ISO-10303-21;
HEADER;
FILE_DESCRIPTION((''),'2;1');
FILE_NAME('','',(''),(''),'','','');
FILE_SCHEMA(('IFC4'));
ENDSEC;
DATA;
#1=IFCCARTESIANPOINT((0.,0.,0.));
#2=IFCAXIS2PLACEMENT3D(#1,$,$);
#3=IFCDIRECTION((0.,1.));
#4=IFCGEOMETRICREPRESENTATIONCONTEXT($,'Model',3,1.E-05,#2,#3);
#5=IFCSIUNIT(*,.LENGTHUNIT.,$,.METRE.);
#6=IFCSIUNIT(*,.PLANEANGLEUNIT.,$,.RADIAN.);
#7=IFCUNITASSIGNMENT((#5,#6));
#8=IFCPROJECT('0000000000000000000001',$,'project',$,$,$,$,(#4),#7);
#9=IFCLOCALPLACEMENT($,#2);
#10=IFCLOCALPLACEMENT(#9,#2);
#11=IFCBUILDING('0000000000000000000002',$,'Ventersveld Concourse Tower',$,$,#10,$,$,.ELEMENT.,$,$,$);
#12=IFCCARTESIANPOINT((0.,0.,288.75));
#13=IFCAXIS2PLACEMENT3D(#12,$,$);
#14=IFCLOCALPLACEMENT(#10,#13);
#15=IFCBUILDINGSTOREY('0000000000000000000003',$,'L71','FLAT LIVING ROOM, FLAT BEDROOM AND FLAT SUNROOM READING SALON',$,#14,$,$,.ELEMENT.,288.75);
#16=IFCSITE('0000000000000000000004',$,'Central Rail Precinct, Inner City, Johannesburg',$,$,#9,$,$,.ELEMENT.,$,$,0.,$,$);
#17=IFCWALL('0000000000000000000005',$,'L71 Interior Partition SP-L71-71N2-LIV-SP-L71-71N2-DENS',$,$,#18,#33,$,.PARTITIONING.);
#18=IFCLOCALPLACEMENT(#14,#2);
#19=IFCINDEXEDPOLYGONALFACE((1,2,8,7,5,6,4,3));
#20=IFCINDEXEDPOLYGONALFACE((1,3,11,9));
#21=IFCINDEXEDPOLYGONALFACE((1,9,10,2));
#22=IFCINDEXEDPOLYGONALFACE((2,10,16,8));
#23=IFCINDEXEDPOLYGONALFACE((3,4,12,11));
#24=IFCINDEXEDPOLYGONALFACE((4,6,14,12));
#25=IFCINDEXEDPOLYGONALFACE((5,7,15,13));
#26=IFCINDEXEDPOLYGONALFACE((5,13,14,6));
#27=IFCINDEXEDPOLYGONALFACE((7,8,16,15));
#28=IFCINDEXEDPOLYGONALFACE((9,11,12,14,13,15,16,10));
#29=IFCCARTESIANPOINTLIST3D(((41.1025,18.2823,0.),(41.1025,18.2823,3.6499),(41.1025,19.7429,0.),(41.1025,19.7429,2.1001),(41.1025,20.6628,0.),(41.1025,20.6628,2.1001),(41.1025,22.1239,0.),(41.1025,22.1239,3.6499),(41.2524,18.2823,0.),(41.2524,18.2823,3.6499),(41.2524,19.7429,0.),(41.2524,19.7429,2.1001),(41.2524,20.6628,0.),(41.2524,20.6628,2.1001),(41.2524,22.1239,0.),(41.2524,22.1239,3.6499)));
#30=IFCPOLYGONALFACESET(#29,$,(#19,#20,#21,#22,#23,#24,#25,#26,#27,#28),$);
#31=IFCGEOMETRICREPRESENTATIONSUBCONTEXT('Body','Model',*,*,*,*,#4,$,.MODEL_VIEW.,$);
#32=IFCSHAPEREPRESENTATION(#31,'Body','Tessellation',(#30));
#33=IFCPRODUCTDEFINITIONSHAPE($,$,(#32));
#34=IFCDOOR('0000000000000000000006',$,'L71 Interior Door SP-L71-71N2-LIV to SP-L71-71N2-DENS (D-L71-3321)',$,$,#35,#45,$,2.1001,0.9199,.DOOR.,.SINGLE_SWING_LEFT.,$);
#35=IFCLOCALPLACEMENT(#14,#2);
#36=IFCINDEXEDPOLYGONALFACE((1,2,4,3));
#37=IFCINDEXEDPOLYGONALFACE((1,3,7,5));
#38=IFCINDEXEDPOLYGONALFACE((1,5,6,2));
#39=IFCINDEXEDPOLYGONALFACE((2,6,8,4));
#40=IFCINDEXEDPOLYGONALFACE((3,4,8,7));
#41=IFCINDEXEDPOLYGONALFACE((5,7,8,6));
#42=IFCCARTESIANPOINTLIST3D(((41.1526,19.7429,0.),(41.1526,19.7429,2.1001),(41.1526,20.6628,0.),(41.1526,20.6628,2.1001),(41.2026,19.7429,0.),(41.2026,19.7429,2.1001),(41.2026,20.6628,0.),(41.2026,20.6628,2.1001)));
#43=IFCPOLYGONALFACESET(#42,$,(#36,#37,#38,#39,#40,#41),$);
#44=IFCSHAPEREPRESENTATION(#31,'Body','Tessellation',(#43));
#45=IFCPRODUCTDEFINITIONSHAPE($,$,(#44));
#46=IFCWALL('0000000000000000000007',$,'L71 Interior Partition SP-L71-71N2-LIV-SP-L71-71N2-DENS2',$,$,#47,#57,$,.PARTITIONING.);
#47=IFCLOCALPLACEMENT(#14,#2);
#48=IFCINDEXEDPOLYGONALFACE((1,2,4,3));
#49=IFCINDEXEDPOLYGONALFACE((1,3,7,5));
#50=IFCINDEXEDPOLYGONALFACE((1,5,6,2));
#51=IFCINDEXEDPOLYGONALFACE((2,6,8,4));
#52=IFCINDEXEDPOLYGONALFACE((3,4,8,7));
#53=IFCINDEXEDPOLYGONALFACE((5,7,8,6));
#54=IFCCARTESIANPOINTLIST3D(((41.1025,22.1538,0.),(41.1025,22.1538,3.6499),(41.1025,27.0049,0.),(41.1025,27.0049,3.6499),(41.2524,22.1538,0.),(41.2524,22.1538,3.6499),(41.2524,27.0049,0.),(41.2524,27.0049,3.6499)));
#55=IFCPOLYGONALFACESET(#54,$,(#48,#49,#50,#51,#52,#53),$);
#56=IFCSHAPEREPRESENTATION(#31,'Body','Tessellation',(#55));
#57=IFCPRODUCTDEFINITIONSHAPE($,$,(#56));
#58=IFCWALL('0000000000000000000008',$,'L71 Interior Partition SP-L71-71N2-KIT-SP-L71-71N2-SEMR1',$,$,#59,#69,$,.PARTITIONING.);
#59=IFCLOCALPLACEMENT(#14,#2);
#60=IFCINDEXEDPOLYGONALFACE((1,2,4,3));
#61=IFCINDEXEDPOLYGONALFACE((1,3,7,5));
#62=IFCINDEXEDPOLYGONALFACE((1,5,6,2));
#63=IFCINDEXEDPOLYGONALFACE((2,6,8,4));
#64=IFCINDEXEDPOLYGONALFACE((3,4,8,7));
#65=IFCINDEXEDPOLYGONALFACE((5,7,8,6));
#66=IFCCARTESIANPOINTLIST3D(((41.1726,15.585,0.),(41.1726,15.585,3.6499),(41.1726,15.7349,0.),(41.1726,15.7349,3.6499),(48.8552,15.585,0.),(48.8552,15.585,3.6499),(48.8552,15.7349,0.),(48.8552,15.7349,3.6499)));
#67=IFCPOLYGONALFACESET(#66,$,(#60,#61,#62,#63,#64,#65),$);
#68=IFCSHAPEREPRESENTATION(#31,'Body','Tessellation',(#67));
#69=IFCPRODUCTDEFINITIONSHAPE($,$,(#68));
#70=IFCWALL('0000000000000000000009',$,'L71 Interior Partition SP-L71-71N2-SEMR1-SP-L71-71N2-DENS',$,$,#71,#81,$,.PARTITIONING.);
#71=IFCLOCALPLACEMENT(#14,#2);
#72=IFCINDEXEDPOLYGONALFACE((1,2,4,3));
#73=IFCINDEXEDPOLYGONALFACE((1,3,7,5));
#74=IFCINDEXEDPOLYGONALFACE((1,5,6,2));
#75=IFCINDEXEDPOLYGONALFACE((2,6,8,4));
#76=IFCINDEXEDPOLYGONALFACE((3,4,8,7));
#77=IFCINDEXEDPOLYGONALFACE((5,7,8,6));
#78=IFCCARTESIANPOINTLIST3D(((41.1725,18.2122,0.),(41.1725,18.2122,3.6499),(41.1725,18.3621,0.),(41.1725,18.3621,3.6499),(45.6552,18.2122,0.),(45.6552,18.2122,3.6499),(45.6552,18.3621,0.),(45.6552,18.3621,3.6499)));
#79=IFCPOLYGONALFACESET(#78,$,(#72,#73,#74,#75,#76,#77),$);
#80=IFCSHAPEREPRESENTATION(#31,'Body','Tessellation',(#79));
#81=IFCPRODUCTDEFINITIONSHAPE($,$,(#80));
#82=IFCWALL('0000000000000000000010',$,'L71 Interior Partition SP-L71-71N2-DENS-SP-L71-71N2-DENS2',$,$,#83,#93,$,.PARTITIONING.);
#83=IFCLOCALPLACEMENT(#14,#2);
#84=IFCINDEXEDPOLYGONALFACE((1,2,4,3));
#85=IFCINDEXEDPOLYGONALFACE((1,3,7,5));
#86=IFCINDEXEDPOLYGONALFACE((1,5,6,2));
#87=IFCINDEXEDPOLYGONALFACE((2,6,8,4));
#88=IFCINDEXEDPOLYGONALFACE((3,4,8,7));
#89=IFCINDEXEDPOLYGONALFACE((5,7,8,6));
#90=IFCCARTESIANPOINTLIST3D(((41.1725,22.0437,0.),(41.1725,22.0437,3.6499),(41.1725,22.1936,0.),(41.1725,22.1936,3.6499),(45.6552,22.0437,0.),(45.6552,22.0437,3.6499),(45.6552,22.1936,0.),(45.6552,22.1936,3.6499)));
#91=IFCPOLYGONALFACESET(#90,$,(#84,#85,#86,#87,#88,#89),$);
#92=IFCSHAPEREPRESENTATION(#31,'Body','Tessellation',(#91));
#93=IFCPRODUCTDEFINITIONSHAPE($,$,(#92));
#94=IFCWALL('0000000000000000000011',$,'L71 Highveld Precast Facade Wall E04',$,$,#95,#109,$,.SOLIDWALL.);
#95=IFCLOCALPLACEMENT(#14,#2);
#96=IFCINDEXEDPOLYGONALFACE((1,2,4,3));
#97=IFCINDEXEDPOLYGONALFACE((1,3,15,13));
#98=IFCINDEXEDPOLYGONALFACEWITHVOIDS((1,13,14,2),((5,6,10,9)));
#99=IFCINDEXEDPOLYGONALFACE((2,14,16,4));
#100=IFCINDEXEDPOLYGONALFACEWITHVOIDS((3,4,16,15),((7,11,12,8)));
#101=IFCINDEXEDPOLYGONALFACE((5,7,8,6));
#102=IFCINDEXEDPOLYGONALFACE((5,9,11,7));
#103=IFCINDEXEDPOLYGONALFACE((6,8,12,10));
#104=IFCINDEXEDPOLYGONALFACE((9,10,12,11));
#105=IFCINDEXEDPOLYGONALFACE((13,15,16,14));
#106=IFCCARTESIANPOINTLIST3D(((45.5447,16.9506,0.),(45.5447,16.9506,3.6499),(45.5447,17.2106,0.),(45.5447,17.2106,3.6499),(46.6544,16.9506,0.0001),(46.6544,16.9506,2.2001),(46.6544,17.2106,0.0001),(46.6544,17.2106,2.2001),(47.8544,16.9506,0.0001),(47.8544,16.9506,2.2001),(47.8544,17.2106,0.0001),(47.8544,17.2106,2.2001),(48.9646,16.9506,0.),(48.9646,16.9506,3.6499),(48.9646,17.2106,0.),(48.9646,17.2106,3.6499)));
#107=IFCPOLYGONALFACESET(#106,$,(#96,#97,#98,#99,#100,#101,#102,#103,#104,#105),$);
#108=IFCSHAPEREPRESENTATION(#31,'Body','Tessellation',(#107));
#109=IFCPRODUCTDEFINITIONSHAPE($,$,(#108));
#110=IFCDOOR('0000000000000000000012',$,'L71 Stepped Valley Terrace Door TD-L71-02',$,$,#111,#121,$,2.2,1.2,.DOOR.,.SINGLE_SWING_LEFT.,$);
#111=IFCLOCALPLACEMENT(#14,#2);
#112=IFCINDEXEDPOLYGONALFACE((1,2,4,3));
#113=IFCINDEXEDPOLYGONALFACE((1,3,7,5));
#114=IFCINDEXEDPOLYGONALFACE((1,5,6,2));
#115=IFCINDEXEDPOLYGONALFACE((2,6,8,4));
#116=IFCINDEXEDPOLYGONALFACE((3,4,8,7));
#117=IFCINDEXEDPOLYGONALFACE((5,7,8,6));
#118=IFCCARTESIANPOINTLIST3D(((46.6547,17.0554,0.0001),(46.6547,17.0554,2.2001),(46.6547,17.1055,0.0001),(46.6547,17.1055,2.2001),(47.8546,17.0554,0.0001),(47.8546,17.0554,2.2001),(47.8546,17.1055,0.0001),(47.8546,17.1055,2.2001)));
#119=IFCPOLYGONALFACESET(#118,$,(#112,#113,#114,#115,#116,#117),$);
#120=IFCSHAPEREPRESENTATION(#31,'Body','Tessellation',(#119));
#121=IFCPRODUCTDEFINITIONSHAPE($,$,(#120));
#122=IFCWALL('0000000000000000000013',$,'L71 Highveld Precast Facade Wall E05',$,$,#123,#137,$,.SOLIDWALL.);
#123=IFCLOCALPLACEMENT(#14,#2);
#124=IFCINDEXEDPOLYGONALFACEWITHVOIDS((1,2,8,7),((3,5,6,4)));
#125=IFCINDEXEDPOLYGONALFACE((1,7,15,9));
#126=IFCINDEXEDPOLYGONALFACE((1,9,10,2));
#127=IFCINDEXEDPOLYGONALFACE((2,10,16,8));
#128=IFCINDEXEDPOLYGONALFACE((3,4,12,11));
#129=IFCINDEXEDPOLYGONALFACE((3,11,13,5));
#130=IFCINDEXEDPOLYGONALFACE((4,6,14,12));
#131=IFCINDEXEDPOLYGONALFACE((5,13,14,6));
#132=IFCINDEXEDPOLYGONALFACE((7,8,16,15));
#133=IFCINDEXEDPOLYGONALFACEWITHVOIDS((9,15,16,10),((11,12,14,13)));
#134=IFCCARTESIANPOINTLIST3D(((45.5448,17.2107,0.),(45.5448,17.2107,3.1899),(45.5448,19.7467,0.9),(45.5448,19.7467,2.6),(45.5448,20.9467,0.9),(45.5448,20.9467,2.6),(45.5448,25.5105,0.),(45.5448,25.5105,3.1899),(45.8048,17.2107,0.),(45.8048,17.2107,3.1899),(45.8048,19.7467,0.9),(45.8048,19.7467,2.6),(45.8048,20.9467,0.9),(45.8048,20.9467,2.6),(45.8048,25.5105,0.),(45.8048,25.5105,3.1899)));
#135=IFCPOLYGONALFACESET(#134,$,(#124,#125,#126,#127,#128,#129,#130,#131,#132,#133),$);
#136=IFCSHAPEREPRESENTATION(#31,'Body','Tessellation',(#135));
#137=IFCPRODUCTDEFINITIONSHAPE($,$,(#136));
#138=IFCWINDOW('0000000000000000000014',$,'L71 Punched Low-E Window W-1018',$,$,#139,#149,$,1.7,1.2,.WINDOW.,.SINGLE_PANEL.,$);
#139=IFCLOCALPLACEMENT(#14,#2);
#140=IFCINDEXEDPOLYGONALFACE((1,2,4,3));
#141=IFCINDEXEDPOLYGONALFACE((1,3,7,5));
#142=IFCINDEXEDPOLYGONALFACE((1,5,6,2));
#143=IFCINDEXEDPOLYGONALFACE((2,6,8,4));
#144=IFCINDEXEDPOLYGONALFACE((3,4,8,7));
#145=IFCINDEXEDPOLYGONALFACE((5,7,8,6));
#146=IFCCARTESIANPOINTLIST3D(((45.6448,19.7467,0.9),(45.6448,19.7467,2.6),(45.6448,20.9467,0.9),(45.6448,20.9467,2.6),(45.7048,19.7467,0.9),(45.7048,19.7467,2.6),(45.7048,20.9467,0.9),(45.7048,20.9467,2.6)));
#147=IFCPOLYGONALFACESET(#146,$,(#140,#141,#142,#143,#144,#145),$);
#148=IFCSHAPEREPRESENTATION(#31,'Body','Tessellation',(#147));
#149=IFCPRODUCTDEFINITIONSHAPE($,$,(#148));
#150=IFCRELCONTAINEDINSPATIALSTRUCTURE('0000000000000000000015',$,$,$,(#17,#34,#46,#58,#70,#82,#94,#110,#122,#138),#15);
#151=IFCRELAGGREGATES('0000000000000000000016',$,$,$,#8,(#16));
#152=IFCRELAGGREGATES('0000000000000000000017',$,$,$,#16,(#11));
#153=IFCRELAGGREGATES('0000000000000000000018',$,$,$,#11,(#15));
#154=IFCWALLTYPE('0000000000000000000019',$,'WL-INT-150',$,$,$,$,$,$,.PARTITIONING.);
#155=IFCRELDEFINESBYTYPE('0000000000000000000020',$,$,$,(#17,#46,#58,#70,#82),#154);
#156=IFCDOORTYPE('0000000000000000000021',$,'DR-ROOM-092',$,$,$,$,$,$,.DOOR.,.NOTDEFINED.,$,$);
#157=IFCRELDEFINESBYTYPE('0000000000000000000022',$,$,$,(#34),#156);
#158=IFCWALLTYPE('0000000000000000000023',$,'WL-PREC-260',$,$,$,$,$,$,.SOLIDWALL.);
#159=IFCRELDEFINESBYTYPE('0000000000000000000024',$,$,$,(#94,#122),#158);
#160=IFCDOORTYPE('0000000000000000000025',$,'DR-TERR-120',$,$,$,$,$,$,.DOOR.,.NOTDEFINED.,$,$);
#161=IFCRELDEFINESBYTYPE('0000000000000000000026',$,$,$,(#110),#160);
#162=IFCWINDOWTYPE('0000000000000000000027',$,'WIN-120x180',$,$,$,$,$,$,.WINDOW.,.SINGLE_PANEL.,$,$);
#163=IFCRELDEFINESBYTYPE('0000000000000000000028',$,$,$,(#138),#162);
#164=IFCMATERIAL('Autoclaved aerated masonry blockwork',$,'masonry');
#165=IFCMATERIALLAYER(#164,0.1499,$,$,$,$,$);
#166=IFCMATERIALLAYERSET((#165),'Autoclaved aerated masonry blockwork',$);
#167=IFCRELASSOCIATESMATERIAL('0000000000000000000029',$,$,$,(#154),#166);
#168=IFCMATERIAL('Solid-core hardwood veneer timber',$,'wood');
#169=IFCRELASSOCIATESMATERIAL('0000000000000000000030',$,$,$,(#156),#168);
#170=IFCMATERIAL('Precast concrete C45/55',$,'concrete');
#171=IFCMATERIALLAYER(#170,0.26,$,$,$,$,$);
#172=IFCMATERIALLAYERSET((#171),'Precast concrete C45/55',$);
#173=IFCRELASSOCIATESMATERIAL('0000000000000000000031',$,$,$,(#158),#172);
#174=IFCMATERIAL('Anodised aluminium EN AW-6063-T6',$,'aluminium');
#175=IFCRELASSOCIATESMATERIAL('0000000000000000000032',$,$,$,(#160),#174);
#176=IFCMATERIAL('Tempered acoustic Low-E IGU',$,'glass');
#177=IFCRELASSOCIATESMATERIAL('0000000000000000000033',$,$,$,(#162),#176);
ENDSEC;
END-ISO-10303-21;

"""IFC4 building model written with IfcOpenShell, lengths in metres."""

from ifc_helpers import new_model, si_unit, direction, frame, frame_2d, origin, place, context, subcontext, project, spatial, rectangle, extrude, material, layer, layer_set, type_object, element, fill, save


model = new_model("IFC4")

# Units and contexts
model_context = context("Model", 3, precision=1e-05, world=origin(), true_north=direction((0.0, 1.0)))
body_context = subcontext(model_context, "Body", "Model", "MODEL_VIEW")
ifc_project = project(units=[si_unit("LENGTHUNIT", "METRE"), si_unit("PLANEANGLEUNIT", "RADIAN")], contexts=[model_context])

# Site, building, storey
site_placement = place(None, origin())
site = spatial("IfcSite", under=ifc_project, at=site_placement, Name="Central Rail Precinct, Inner City, Johannesburg", CompositionType="ELEMENT", RefElevation=0.0)
building_placement = place(site_placement, origin())
building = spatial("IfcBuilding", under=site, at=building_placement, Name="Ventersveld Concourse Tower", CompositionType="ELEMENT")
storey_placement = place(building_placement, frame((0.0, 0.0, 288.75)))
storey = spatial("IfcBuildingStorey", under=building, at=storey_placement, Name="L71", Description="FLAT LIVING ROOM, FLAT BEDROOM AND FLAT SUNROOM READING SALON", CompositionType="ELEMENT", Elevation=288.75)

# Shared definitions
ifc_material_1 = material(Name="Solid-core hardwood veneer timber", Category="wood")

# Shared definitions
ifc_material_2 = material(Name="Autoclaved aerated masonry blockwork", Category="masonry")
ifc_layer_1 = layer(ifc_material_2, 0.1499)
ifc_layer_set_1 = layer_set([ifc_layer_1], Name="Autoclaved aerated masonry blockwork")
wall_type_1 = type_object("IfcWallType", Name="WL-INT-150", PredefinedType="PARTITIONING", material=ifc_layer_set_1)
door_type_1 = type_object("IfcDoorType", Name="DR-ROOM-092", OperationType="NOTDEFINED", PredefinedType="DOOR", material=ifc_material_1)

# Wall, opening, door
wall_1_placement = place(storey_placement, frame((41.1775, 18.2822, 0.0), z_axis=(0.0, 0.0, 1.0), x_axis=(0.0, 1.0, 0.0)))
wall_1 = element("IfcWall", 1, at=wall_1_placement, inside=storey, type_object=wall_type_1, Name="L71 Interior Partition SP-L71-71N2-LIV-SP-L71-71N2-DENS", PredefinedType="PARTITIONING", context=body_context, shape_type="SweptSolid", body=[
    extrude(rectangle(XDim=3.8416, YDim=0.1499, at=frame_2d((1.9209, 0.0))), origin(), (0.0, 0.0, 1.0), 3.6499),
])
opening_1_placement = place(wall_1_placement, frame((1.4607, 0.0, 0.0)))
opening_1 = element("IfcOpeningElement", 2, at=opening_1_placement, cuts=wall_1, PredefinedType="OPENING", context=body_context, shape_type="SweptSolid", body=[
    extrude(rectangle(XDim=0.9199, YDim=2.1001, at=frame_2d((0.46, 1.05))), frame((0.0, 0.085, 0.0), z_axis=(0.0, -1.0, 0.0), x_axis=(1.0, 0.0, 0.0)), (0.0, 0.0, 1.0), 0.1699),
])
door_1_placement = place(opening_1_placement, origin())
door_1 = element("IfcDoor", 3, at=door_1_placement, inside=storey, type_object=door_type_1, Name="L71 Interior Door SP-L71-71N2-LIV to SP-L71-71N2-DENS (D-L71-3321)", OperationType="SINGLE_SWING_LEFT", OverallHeight=2.1001, OverallWidth=0.9199, PredefinedType="DOOR", context=body_context, shape_type="SweptSolid", body=[
    extrude(rectangle(XDim=0.9199, YDim=2.1001, at=frame_2d((0.46, 1.05))), frame((0.0, 0.0249, 0.0), z_axis=(0.0, -1.0, 0.0), x_axis=(1.0, 0.0, 0.0)), (0.0, 0.0, 1.0), 0.05),
])
fill(opening_1, door_1)

# Walls
wall_2_placement = place(storey_placement, frame((41.1775, 22.1538, 0.0), z_axis=(0.0, 0.0, 1.0), x_axis=(0.0, 1.0, 0.0)))
element("IfcWall", 4, at=wall_2_placement, inside=storey, type_object=wall_type_1, Name="L71 Interior Partition SP-L71-71N2-LIV-SP-L71-71N2-DENS2", PredefinedType="PARTITIONING", context=body_context, shape_type="SweptSolid", body=[
    extrude(rectangle(XDim=4.8511, YDim=0.1499, at=frame_2d((2.4255, 0.0))), origin(), (0.0, 0.0, 1.0), 3.6499),
])
wall_3_placement = place(storey_placement, frame((41.1726, 15.6599, 0.0), z_axis=(0.0, 0.0, 1.0), x_axis=(1.0, 0.0, 0.0)))
element("IfcWall", 5, at=wall_3_placement, inside=storey, type_object=wall_type_1, Name="L71 Interior Partition SP-L71-71N2-KIT-SP-L71-71N2-SEMR1", PredefinedType="PARTITIONING", context=body_context, shape_type="SweptSolid", body=[
    extrude(rectangle(XDim=7.6826, YDim=0.1499, at=frame_2d((3.8413, 0.0))), origin(), (0.0, 0.0, 1.0), 3.6499),
])
for number, where, z_axis, x_axis, name in (
    (6, (41.1726, 18.2871, 0.0), (0.0, 0.0, 1.0), (1.0, 0.0, 0.0), "L71 Interior Partition SP-L71-71N2-SEMR1-SP-L71-71N2-DENS"),
    (7, (41.1726, 22.1187, 0.0), (0.0, 0.0, 1.0), (1.0, 0.0, 0.0), "L71 Interior Partition SP-L71-71N2-DENS-SP-L71-71N2-DENS2"),
):
    element("IfcWall", number, at=place(storey_placement, frame(where, z_axis=z_axis, x_axis=x_axis)), inside=storey, type_object=wall_type_1, Name=name, PredefinedType="PARTITIONING", context=body_context, shape_type="SweptSolid", body=[
        extrude(rectangle(XDim=4.4827, YDim=0.1499, at=frame_2d((2.2412, 0.0))), origin(), (0.0, 0.0, 1.0), 3.6499),
    ])

# Wall, opening, door
ifc_material_3 = material(Name="Precast concrete C45/55", Category="concrete")
ifc_layer_2 = layer(ifc_material_3, 0.26)
ifc_layer_set_2 = layer_set([ifc_layer_2], Name="Precast concrete C45/55")
wall_type_2 = type_object("IfcWallType", Name="WL-PREC-260", PredefinedType="SOLIDWALL", material=ifc_layer_set_2)
wall_4_placement = place(storey_placement, frame((48.9646, 17.0806, 0.0), z_axis=(0.0, 0.0, 1.0), x_axis=(-1.0, 0.0, 0.0)))
wall_4 = element("IfcWall", 8, at=wall_4_placement, inside=storey, type_object=wall_type_2, Name="L71 Highveld Precast Facade Wall E04", PredefinedType="SOLIDWALL", context=body_context, shape_type="SweptSolid", body=[
    extrude(rectangle(XDim=3.4199, YDim=0.26, at=frame_2d((1.71, 0.0))), origin(), (0.0, 0.0, 1.0), 3.6499),
])
opening_2_placement = place(wall_4_placement, frame((1.1101, 0.0, 0.0)))
opening_2 = element("IfcOpeningElement", 9, at=opening_2_placement, cuts=wall_4, PredefinedType="OPENING", context=body_context, shape_type="SweptSolid", body=[
    extrude(rectangle(XDim=1.2, YDim=2.2, at=frame_2d((0.6001, 1.1001))), frame((0.0, 0.1401, 0.0), z_axis=(0.0, -1.0, 0.0), x_axis=(1.0, 0.0, 0.0)), (0.0, 0.0, 1.0), 0.28),
])
ifc_material_4 = material(Name="Anodised aluminium EN AW-6063-T6", Category="aluminium")
door_type_2 = type_object("IfcDoorType", Name="DR-TERR-120", OperationType="NOTDEFINED", PredefinedType="DOOR", material=ifc_material_4)
door_2_placement = place(opening_2_placement, frame((1.2, 0.0, 0.0), z_axis=(0.0, 0.0, 1.0), x_axis=(-1.0, 0.0, 0.0)))
door_2 = element("IfcDoor", 10, at=door_2_placement, inside=storey, type_object=door_type_2, Name="L71 Stepped Valley Terrace Door TD-L71-02", OperationType="SINGLE_SWING_LEFT", OverallHeight=2.2, OverallWidth=1.2, PredefinedType="DOOR", context=body_context, shape_type="SweptSolid", body=[
    extrude(rectangle(XDim=1.2, YDim=2.2, at=frame_2d((0.6001, 1.1001))), frame((0.0, 0.0249, 0.0), z_axis=(0.0, -1.0, 0.0), x_axis=(1.0, 0.0, 0.0)), (0.0, 0.0, 1.0), 0.05),
])
fill(opening_2, door_2)

# Wall, opening, window
wall_5_placement = place(storey_placement, frame((45.6748, 17.2107, 0.0), z_axis=(0.0, 0.0, 1.0), x_axis=(0.0, 1.0, 0.0)))
wall_5 = element("IfcWall", 11, at=wall_5_placement, inside=storey, type_object=wall_type_2, Name="L71 Highveld Precast Facade Wall E05", PredefinedType="SOLIDWALL", context=body_context, shape_type="SweptSolid", body=[
    extrude(rectangle(XDim=8.2998, YDim=0.26, at=frame_2d((4.1499, 0.0))), origin(), (0.0, 0.0, 1.0), 3.1899),
])
opening_3_placement = place(wall_5_placement, frame((2.5359, 0.0, 0.8999)))
opening_3 = element("IfcOpeningElement", 12, at=opening_3_placement, cuts=wall_5, PredefinedType="OPENING", context=body_context, shape_type="SweptSolid", body=[
    extrude(rectangle(XDim=1.2, YDim=1.7, at=frame_2d((0.6001, 0.8501))), frame((0.0, 0.1401, 0.0), z_axis=(0.0, -1.0, 0.0), x_axis=(1.0, 0.0, 0.0)), (0.0, 0.0, 1.0), 0.28),
])
ifc_material_5 = material(Name="Tempered acoustic Low-E IGU", Category="glass")
window_type = type_object("IfcWindowType", Name="WIN-120x180", PartitioningType="SINGLE_PANEL", PredefinedType="WINDOW", material=ifc_material_5)
window_placement = place(opening_3_placement, origin())
window = element("IfcWindow", 13, at=window_placement, inside=storey, type_object=window_type, Name="L71 Punched Low-E Window W-1018", OverallHeight=1.7, OverallWidth=1.2, PartitioningType="SINGLE_PANEL", PredefinedType="WINDOW", context=body_context, shape_type="SweptSolid", body=[
    extrude(rectangle(XDim=1.2, YDim=1.7, at=frame_2d((0.6001, 0.8501))), frame((0.0, 0.03, 0.0), z_axis=(0.0, -1.0, 0.0), x_axis=(1.0, 0.0, 0.0)), (0.0, 0.0, 1.0), 0.0601),
])
fill(opening_3, window)

save(model, "model.ifc")
